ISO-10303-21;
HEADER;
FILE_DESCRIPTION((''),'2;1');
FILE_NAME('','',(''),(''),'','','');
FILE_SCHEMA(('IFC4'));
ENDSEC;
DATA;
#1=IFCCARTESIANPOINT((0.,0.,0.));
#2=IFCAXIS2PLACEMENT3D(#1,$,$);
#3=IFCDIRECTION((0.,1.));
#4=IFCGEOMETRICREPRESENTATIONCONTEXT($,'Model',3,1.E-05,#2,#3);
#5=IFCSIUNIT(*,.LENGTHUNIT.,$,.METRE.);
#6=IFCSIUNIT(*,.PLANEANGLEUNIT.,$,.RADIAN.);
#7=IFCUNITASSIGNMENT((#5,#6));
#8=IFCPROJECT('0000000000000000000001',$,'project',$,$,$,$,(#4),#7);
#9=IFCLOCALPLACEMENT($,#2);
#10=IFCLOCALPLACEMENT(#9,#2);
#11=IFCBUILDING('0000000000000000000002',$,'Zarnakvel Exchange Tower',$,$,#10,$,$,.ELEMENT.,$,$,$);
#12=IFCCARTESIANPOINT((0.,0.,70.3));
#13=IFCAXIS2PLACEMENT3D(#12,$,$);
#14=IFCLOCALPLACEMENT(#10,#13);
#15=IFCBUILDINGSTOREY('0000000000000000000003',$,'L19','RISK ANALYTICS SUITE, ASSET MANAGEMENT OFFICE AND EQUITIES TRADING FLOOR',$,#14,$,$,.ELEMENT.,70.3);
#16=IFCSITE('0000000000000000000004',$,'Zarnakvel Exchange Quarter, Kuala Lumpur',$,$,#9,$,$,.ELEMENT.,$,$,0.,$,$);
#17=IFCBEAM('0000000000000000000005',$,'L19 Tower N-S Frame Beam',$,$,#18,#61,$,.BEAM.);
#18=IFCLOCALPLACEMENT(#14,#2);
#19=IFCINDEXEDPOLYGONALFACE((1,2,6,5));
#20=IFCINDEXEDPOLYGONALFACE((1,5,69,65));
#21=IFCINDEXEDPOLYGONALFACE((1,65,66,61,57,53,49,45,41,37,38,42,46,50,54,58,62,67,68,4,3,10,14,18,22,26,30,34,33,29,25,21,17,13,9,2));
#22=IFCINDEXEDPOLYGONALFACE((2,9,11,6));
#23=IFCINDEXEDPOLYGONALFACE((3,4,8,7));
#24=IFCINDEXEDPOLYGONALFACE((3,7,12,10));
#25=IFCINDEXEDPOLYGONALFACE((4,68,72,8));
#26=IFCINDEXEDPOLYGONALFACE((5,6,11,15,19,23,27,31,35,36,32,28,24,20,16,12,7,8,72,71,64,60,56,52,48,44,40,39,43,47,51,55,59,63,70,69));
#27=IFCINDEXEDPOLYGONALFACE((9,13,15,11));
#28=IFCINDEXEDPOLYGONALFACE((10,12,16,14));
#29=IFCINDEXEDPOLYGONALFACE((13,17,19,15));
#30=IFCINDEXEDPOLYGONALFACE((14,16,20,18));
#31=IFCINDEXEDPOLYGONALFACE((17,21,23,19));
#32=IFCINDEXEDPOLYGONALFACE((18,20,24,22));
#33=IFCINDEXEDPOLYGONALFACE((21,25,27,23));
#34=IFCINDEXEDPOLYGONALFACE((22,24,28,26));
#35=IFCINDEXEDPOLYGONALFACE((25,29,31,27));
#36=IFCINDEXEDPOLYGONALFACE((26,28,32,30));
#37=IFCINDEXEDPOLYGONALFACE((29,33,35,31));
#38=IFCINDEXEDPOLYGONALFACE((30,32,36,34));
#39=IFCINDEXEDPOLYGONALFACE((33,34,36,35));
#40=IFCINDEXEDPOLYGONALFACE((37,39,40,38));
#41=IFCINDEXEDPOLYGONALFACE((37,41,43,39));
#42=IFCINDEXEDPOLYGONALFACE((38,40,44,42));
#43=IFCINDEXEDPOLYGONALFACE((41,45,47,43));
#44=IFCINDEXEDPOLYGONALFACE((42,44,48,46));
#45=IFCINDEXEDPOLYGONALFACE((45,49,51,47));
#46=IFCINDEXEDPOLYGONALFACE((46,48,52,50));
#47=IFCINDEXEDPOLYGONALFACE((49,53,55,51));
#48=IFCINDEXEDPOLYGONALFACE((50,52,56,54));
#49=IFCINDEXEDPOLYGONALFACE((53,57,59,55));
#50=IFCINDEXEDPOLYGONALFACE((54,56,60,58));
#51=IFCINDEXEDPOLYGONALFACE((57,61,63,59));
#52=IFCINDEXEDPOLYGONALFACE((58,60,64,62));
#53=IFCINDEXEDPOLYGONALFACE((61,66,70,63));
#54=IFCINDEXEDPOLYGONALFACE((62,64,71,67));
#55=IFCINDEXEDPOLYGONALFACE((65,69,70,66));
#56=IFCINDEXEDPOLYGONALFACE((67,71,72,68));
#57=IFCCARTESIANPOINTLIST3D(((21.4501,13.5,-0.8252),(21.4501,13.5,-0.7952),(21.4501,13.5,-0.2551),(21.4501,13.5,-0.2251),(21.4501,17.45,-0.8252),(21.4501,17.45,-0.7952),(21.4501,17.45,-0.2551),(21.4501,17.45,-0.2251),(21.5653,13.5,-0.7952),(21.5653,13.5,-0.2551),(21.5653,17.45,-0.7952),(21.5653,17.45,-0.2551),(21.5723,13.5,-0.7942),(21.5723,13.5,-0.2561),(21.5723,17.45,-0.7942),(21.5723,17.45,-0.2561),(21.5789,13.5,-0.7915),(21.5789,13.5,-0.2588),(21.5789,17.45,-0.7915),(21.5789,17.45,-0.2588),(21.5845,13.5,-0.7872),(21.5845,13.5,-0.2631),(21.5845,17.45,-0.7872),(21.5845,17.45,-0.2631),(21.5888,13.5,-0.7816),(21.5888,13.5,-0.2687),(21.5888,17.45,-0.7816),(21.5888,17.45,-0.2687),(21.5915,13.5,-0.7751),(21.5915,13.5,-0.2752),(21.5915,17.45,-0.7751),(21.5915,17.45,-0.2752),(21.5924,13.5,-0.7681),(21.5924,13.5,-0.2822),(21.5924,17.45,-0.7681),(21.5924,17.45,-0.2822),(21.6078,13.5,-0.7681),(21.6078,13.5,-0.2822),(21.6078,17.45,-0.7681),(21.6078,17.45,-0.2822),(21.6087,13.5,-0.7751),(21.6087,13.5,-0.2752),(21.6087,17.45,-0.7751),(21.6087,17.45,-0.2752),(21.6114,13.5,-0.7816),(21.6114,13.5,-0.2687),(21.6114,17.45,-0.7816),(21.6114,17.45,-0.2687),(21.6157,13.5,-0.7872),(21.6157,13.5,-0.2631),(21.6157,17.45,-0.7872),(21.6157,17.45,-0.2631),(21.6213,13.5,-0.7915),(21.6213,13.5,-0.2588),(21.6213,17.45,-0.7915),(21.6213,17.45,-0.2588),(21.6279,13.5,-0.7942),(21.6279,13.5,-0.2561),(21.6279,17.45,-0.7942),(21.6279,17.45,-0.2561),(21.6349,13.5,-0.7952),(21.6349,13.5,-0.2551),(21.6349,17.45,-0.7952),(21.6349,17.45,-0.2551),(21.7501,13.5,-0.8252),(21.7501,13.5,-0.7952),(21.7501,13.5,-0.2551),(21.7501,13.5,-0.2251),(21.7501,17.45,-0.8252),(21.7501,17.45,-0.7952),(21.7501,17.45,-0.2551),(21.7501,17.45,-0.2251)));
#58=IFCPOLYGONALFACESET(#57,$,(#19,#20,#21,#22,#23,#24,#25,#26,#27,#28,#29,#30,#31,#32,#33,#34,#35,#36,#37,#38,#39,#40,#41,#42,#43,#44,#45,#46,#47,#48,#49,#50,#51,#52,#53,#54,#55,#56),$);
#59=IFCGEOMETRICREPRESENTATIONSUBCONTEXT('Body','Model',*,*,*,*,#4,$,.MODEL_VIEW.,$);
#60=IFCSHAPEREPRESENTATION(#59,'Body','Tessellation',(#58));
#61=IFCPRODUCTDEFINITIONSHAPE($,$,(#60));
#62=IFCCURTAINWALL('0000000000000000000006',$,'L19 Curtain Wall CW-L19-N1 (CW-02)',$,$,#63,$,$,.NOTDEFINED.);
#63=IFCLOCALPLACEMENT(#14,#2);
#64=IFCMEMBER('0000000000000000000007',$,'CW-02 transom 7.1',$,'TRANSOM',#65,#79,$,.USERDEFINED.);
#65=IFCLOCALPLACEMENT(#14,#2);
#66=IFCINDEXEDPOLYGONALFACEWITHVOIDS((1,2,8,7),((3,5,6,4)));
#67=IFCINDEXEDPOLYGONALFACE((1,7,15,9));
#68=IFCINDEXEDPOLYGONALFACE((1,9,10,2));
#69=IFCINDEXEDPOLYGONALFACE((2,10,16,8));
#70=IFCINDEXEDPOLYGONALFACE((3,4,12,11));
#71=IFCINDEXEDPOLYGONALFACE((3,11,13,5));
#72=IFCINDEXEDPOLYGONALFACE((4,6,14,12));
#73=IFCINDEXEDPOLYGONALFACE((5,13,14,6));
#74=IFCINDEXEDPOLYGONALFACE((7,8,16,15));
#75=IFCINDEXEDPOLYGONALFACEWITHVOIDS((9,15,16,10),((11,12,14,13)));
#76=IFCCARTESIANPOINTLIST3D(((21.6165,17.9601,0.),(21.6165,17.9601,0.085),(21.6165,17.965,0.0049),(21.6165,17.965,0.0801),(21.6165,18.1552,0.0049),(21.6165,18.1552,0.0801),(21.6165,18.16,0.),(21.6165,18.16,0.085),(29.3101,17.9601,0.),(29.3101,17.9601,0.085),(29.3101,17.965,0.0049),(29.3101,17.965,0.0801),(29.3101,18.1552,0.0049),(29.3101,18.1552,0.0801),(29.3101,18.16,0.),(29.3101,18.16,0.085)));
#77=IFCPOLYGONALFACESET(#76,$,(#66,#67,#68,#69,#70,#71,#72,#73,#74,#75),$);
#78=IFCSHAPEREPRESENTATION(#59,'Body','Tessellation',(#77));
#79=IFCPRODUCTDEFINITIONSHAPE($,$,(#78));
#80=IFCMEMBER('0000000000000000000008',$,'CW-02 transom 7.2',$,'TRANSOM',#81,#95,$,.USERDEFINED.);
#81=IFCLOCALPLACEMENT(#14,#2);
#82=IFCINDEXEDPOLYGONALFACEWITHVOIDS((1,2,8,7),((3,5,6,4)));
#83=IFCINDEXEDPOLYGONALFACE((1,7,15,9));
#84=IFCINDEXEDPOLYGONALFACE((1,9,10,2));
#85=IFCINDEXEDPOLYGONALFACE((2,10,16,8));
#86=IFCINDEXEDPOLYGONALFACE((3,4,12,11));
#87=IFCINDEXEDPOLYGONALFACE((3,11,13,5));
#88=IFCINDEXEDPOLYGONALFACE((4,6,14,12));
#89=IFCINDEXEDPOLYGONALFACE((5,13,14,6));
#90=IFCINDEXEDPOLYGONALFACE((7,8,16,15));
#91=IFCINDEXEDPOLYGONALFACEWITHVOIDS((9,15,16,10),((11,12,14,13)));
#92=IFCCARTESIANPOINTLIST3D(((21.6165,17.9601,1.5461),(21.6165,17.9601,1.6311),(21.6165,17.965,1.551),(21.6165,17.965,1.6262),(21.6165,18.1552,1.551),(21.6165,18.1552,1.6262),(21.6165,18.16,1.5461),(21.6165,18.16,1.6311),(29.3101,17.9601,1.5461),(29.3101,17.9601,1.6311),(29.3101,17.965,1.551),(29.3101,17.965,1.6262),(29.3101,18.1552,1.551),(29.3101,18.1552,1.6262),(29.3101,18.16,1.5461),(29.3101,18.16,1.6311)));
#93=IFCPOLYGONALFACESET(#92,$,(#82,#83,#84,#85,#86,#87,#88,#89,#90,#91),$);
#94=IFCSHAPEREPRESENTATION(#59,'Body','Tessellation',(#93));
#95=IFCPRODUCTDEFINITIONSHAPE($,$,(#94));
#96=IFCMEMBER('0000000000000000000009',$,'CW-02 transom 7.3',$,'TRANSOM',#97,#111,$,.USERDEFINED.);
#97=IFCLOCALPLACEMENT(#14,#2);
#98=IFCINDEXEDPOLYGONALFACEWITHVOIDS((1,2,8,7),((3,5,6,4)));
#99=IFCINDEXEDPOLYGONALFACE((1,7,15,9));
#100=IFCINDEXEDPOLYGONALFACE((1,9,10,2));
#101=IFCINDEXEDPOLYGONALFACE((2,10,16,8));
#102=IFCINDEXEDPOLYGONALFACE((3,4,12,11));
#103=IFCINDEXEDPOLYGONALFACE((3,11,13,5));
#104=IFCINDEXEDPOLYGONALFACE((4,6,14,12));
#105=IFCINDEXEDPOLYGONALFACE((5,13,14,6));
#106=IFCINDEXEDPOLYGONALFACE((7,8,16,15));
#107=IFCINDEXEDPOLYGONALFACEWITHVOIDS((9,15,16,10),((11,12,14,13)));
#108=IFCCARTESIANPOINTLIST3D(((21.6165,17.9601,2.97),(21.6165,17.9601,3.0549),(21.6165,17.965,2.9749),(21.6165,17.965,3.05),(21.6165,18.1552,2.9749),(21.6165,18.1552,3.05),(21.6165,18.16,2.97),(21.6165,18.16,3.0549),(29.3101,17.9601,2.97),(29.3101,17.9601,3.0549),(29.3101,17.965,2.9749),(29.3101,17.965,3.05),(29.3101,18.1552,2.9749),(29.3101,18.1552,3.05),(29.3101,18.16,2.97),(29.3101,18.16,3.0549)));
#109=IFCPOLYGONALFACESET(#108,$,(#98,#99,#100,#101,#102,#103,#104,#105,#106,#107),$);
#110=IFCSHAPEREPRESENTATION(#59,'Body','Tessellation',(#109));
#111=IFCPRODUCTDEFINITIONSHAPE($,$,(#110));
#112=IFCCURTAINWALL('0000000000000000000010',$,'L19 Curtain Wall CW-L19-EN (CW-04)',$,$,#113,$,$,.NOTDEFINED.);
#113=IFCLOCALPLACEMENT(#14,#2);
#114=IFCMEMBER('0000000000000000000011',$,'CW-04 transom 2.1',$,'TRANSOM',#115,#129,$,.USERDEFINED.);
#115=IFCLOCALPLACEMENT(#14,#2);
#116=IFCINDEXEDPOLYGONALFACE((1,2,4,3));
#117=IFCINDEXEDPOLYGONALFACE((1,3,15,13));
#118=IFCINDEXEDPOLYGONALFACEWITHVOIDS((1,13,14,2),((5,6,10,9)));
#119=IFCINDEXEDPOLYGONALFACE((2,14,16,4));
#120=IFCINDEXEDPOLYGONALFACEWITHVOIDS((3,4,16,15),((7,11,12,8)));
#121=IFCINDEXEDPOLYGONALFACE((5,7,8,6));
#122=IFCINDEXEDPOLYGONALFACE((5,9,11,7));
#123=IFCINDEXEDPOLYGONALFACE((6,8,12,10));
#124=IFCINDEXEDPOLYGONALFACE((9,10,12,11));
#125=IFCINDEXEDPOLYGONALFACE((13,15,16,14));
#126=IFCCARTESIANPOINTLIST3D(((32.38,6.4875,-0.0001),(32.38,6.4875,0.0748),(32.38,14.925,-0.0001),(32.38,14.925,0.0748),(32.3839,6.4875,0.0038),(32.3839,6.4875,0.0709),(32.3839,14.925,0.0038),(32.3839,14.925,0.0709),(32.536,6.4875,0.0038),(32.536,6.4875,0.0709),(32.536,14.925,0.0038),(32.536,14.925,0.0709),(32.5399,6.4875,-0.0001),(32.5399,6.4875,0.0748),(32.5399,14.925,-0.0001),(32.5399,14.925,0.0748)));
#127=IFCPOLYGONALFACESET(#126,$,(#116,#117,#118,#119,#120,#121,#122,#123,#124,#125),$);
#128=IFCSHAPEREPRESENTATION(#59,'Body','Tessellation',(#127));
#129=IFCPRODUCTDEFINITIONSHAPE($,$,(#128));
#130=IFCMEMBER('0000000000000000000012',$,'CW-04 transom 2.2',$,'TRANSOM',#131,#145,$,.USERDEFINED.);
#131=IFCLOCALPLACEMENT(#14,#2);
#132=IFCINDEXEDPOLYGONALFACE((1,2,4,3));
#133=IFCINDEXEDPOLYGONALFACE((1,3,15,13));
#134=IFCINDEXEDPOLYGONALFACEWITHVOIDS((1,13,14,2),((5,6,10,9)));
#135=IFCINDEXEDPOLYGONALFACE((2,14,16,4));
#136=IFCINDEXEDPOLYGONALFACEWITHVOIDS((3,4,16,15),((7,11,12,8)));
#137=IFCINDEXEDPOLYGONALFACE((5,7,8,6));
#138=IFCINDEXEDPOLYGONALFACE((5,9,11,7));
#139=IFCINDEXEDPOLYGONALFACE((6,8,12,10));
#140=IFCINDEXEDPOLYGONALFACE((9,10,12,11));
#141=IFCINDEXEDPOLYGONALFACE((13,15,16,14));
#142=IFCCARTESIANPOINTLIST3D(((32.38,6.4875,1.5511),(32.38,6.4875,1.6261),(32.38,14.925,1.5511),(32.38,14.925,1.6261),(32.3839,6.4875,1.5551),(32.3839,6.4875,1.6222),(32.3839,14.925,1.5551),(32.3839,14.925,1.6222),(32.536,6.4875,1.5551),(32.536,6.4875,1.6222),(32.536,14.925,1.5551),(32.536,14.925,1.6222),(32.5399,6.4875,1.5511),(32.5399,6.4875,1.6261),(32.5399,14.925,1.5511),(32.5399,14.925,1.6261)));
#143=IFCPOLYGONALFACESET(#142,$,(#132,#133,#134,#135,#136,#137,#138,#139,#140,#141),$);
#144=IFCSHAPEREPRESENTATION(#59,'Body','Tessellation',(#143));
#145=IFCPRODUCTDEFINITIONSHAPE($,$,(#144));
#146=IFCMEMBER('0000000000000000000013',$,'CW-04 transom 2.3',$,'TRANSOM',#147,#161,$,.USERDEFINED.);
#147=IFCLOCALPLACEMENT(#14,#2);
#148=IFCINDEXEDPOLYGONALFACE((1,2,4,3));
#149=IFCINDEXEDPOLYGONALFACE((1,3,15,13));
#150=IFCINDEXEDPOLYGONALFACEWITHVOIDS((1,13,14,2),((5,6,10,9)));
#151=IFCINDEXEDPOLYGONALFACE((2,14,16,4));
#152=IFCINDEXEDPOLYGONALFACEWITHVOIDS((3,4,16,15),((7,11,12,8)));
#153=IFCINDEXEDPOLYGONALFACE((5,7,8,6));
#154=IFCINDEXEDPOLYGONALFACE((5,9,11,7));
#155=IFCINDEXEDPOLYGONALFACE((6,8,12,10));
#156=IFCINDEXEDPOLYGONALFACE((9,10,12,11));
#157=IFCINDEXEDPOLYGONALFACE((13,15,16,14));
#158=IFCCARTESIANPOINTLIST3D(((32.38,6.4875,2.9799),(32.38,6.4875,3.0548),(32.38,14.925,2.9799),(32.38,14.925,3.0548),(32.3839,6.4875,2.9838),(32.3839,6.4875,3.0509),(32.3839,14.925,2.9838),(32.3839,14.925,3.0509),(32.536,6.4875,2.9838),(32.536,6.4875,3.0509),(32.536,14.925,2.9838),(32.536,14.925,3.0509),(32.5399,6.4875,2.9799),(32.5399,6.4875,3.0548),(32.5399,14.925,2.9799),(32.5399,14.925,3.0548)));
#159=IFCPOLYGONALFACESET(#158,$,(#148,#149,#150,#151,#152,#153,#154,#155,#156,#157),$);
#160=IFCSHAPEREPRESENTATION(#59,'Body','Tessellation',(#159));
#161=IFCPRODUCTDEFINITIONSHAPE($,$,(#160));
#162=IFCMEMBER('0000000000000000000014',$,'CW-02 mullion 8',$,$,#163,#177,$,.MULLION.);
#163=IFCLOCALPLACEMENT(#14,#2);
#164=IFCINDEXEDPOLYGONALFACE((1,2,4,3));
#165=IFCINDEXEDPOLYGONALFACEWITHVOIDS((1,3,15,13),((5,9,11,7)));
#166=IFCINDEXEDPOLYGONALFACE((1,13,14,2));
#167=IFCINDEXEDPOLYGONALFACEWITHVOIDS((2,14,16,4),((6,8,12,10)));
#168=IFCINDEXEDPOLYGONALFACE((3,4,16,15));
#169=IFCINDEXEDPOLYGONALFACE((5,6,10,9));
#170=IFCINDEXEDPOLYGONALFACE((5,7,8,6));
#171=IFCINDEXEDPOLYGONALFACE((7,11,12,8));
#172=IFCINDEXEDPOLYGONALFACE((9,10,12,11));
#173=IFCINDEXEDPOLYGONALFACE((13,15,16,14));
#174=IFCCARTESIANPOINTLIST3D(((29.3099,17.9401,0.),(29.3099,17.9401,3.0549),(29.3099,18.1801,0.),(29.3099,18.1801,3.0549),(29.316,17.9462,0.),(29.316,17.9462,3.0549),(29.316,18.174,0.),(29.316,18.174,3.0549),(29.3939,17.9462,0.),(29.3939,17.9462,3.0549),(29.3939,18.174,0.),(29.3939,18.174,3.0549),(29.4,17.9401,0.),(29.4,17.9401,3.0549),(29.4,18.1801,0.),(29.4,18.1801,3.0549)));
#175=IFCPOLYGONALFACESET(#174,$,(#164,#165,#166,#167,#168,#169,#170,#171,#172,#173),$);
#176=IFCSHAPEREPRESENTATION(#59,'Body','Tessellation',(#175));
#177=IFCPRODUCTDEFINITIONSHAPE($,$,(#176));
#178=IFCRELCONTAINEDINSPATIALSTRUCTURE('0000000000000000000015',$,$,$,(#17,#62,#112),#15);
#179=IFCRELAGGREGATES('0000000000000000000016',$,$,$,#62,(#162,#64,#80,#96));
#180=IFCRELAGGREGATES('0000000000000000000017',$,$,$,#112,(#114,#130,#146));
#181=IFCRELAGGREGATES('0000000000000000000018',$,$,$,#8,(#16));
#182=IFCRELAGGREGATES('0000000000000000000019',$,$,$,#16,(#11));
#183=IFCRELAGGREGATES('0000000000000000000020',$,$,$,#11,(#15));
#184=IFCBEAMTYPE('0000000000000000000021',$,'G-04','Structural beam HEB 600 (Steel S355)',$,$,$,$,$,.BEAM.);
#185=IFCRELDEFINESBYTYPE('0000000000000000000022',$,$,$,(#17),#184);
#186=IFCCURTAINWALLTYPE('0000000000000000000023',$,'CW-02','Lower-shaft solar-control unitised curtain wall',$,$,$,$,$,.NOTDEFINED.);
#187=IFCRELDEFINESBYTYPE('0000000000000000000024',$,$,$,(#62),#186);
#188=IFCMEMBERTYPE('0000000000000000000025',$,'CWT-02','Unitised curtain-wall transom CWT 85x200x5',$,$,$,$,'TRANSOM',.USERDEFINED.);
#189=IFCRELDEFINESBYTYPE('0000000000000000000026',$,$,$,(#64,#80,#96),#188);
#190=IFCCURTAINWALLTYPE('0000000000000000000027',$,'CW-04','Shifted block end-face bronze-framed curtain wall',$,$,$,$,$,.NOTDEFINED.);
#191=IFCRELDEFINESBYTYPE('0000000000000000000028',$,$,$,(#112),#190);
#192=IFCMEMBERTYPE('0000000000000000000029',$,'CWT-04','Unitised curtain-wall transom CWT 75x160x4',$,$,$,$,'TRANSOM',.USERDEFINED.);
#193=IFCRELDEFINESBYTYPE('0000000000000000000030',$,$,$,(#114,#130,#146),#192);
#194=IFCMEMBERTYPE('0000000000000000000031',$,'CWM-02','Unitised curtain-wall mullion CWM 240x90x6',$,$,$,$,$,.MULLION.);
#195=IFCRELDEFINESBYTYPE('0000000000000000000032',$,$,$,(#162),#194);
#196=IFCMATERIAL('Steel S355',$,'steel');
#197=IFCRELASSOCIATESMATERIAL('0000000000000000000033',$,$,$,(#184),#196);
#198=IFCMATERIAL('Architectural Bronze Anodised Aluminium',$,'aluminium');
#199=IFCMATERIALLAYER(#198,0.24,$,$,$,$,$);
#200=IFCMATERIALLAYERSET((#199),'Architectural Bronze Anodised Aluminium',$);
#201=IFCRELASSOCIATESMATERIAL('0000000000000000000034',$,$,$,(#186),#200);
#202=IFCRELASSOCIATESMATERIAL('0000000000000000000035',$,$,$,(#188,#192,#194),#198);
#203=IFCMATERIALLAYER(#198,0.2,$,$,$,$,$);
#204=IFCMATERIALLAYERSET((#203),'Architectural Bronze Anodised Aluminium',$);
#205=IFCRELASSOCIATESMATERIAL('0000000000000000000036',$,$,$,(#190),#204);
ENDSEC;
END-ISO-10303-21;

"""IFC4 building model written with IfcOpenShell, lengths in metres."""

from ifc_helpers import new_model, si_unit, direction, frame, origin, origin_2d, place, context, subcontext, project, spatial, hollow_rectangle, i_section, extrude, source, transform, mapped, material, layer, layer_set, material_profile, profile_set, type_object, element, aggregate, save


model = new_model("IFC4")

# Units and contexts
model_context = context("Model", 3, precision=1e-05, world=origin(), true_north=direction((0.0, 1.0)))
body_context = subcontext(model_context, "Body", "Model", "MODEL_VIEW")
ifc_project = project(units=[si_unit("LENGTHUNIT", "METRE"), si_unit("PLANEANGLEUNIT", "RADIAN")], contexts=[model_context])

# Site, building, storey
site_placement = place(None, origin())
site = spatial("IfcSite", under=ifc_project, at=site_placement, Name="Zarnakvel Exchange Quarter, Kuala Lumpur", CompositionType="ELEMENT", RefElevation=0.0)
building_placement = place(site_placement, origin())
building = spatial("IfcBuilding", under=site, at=building_placement, Name="Zarnakvel Exchange Tower", CompositionType="ELEMENT")
storey_placement = place(building_placement, frame((0.0, 0.0, 70.3)))
storey = spatial("IfcBuildingStorey", under=building, at=storey_placement, Name="L19", Description="RISK ANALYTICS SUITE, ASSET MANAGEMENT OFFICE AND EQUITIES TRADING FLOOR", CompositionType="ELEMENT", Elevation=70.3)

# Shared definitions
ifc_material_1 = material(Name="Steel S355", Category="steel")

# Beam
ifc_material_profile_1 = material_profile(ifc_material_1, i_section(OverallWidth=0.3, OverallDepth=0.6001, WebThickness=0.0154, FlangeThickness=0.03, FilletRadius=0.0271, at=origin_2d()))
ifc_profile_set_1 = profile_set([ifc_material_profile_1], Name="Steel S355")
beam_type = type_object("IfcBeamType", Name="G-04", Description="Structural beam HEB 600 (Steel S355)", PredefinedType="BEAM", material=ifc_profile_set_1)
beam_1_placement = place(storey_placement, frame((21.6001, 13.5, -0.5251), z_axis=(0.0, 1.0, 0.0), x_axis=(-1.0, 0.0, 0.0)))
element("IfcBeam", 1, at=beam_1_placement, inside=storey, type_object=beam_type, Name="L19 Tower N-S Frame Beam", PredefinedType="BEAM", context=body_context, shape_type="SweptSolid", body=[
    extrude(i_section(OverallWidth=0.3, OverallDepth=0.6001, WebThickness=0.0154, FlangeThickness=0.03, FilletRadius=0.0271, at=origin_2d()), origin(), (0.0, 0.0, 1.0), 3.95),
])

# Curtain walls, members
ifc_material_2 = material(Name="Architectural Bronze Anodised Aluminium", Category="aluminium")
ifc_layer_1 = layer(ifc_material_2, 0.24)
ifc_layer_set_1 = layer_set([ifc_layer_1], Name="Architectural Bronze Anodised Aluminium")
curtain_wall_type_1 = type_object("IfcCurtainWallType", Name="CW-02", Description="Lower-shaft solar-control unitised curtain wall", PredefinedType="NOTDEFINED", material=ifc_layer_set_1)
curtain_wall_1_placement = place(storey_placement, origin())
curtain_wall_1 = element("IfcCurtainWall", 2, at=curtain_wall_1_placement, inside=storey, type_object=curtain_wall_type_1, Name="L19 Curtain Wall CW-L19-N1 (CW-02)", PredefinedType="NOTDEFINED")
ifc_material_profile_2 = material_profile(ifc_material_2, hollow_rectangle(XDim=0.2, YDim=0.085, WallThickness=0.0049, at=origin_2d()))
ifc_profile_set_2 = profile_set([ifc_material_profile_2], Name="Architectural Bronze Anodised Aluminium")
member_type_1 = type_object("IfcMemberType", Name="CWT-02", Description="Unitised curtain-wall transom CWT 85x200x5", ElementType="TRANSOM", PredefinedType="USERDEFINED", material=ifc_profile_set_2)
shared_shape_1 = source(origin(), body_context, "Body", "SweptSolid", [
    extrude(hollow_rectangle(XDim=0.2, YDim=0.085, WallThickness=0.0049, at=origin_2d()), origin(), (0.0, 0.0, 1.0), 7.6936),
])
member_1_placement = place(storey_placement, frame((21.6165, 18.0601, 0.0425), z_axis=(1.0, 0.0, 0.0), x_axis=(0.0, 1.0, 0.0)))
member_1 = element("IfcMember", 3, at=member_1_placement, type_object=member_type_1, Name="CW-02 transom 7.1", ObjectType="TRANSOM", PredefinedType="USERDEFINED", context=body_context, shape_type="MappedRepresentation", body=[
    mapped(shared_shape_1, transform((0.0, 0.0, 0.0), x_axis=(1.0, 0.0, 0.0), y_axis=(0.0, 1.0, 0.0), z_axis=(0.0, 0.0, 1.0), scale=1.0)),
])
member_2_placement = place(storey_placement, frame((21.6165, 18.0601, 1.5886), z_axis=(1.0, 0.0, 0.0), x_axis=(0.0, 1.0, 0.0)))
member_2 = element("IfcMember", 4, at=member_2_placement, type_object=member_type_1, Name="CW-02 transom 7.2", ObjectType="TRANSOM", PredefinedType="USERDEFINED", context=body_context, shape_type="MappedRepresentation", body=[
    mapped(shared_shape_1, transform((0.0, 0.0, 0.0), x_axis=(1.0, 0.0, 0.0), y_axis=(0.0, 1.0, 0.0), z_axis=(0.0, 0.0, 1.0), scale=1.0)),
])
member_3_placement = place(storey_placement, frame((21.6165, 18.0601, 3.0125), z_axis=(1.0, 0.0, 0.0), x_axis=(0.0, 1.0, 0.0)))
member_3 = element("IfcMember", 5, at=member_3_placement, type_object=member_type_1, Name="CW-02 transom 7.3", ObjectType="TRANSOM", PredefinedType="USERDEFINED", context=body_context, shape_type="MappedRepresentation", body=[
    mapped(shared_shape_1, transform((0.0, 0.0, 0.0), x_axis=(1.0, 0.0, 0.0), y_axis=(0.0, 1.0, 0.0), z_axis=(0.0, 0.0, 1.0), scale=1.0)),
])
ifc_layer_2 = layer(ifc_material_2, 0.2)
ifc_layer_set_2 = layer_set([ifc_layer_2], Name="Architectural Bronze Anodised Aluminium")
curtain_wall_type_2 = type_object("IfcCurtainWallType", Name="CW-04", Description="Shifted block end-face bronze-framed curtain wall", PredefinedType="NOTDEFINED", material=ifc_layer_set_2)
curtain_wall_2_placement = place(storey_placement, origin())
curtain_wall_2 = element("IfcCurtainWall", 6, at=curtain_wall_2_placement, inside=storey, type_object=curtain_wall_type_2, Name="L19 Curtain Wall CW-L19-EN (CW-04)", PredefinedType="NOTDEFINED")
ifc_material_profile_3 = material_profile(ifc_material_2, hollow_rectangle(XDim=0.1599, YDim=0.075, WallThickness=0.0039, at=origin_2d()))
ifc_profile_set_3 = profile_set([ifc_material_profile_3], Name="Architectural Bronze Anodised Aluminium")
member_type_2 = type_object("IfcMemberType", Name="CWT-04", Description="Unitised curtain-wall transom CWT 75x160x4", ElementType="TRANSOM", PredefinedType="USERDEFINED", material=ifc_profile_set_3)
shared_shape_2 = source(origin(), body_context, "Body", "SweptSolid", [
    extrude(hollow_rectangle(XDim=0.1599, YDim=0.075, WallThickness=0.0039, at=origin_2d()), origin(), (0.0, 0.0, 1.0), 8.4375),
])
member_4_placement = place(storey_placement, frame((32.46, 6.4875, 0.0374), z_axis=(0.0, 1.0, 0.0), x_axis=(-1.0, 0.0, 0.0)))
member_4 = element("IfcMember", 7, at=member_4_placement, type_object=member_type_2, Name="CW-04 transom 2.1", ObjectType="TRANSOM", PredefinedType="USERDEFINED", context=body_context, shape_type="MappedRepresentation", body=[
    mapped(shared_shape_2, transform((0.0, 0.0, 0.0), x_axis=(1.0, 0.0, 0.0), y_axis=(0.0, 1.0, 0.0), z_axis=(0.0, 0.0, 1.0), scale=1.0)),
])
member_5_placement = place(storey_placement, frame((32.46, 6.4875, 1.5886), z_axis=(0.0, 1.0, 0.0), x_axis=(-1.0, 0.0, 0.0)))
member_5 = element("IfcMember", 8, at=member_5_placement, type_object=member_type_2, Name="CW-04 transom 2.2", ObjectType="TRANSOM", PredefinedType="USERDEFINED", context=body_context, shape_type="MappedRepresentation", body=[
    mapped(shared_shape_2, transform((0.0, 0.0, 0.0), x_axis=(1.0, 0.0, 0.0), y_axis=(0.0, 1.0, 0.0), z_axis=(0.0, 0.0, 1.0), scale=1.0)),
])
member_6_placement = place(storey_placement, frame((32.46, 6.4875, 3.0173), z_axis=(0.0, 1.0, 0.0), x_axis=(-1.0, 0.0, 0.0)))
member_6 = element("IfcMember", 9, at=member_6_placement, type_object=member_type_2, Name="CW-04 transom 2.3", ObjectType="TRANSOM", PredefinedType="USERDEFINED", context=body_context, shape_type="MappedRepresentation", body=[
    mapped(shared_shape_2, transform((0.0, 0.0, 0.0), x_axis=(1.0, 0.0, 0.0), y_axis=(0.0, 1.0, 0.0), z_axis=(0.0, 0.0, 1.0), scale=1.0)),
])

# Member
ifc_material_profile_4 = material_profile(ifc_material_2, hollow_rectangle(XDim=0.24, YDim=0.0901, WallThickness=0.0061, at=origin_2d()))
ifc_profile_set_4 = profile_set([ifc_material_profile_4], Name="Architectural Bronze Anodised Aluminium")
member_type_3 = type_object("IfcMemberType", Name="CWM-02", Description="Unitised curtain-wall mullion CWM 240x90x6", PredefinedType="MULLION", material=ifc_profile_set_4)
shared_shape_3 = source(origin(), body_context, "Body", "SweptSolid", [
    extrude(hollow_rectangle(XDim=0.24, YDim=0.0901, WallThickness=0.0061, at=origin_2d()), origin(), (0.0, 0.0, 1.0), 3.0549),
])
member_7_placement = place(storey_placement, frame((29.355, 18.0601, 0.0), z_axis=(0.0, 0.0, 1.0), x_axis=(0.0, 1.0, 0.0)))
member_7 = element("IfcMember", 10, at=member_7_placement, type_object=member_type_3, Name="CW-02 mullion 8", PredefinedType="MULLION", context=body_context, shape_type="MappedRepresentation", body=[
    mapped(shared_shape_3, transform((0.0, 0.0, 0.0), x_axis=(1.0, 0.0, 0.0), y_axis=(0.0, 1.0, 0.0), z_axis=(0.0, 0.0, 1.0), scale=1.0)),
])

aggregate(curtain_wall_1, [member_7, member_1, member_2, member_3])
aggregate(curtain_wall_2, [member_4, member_5, member_6])

save(model, "model.ifc")
